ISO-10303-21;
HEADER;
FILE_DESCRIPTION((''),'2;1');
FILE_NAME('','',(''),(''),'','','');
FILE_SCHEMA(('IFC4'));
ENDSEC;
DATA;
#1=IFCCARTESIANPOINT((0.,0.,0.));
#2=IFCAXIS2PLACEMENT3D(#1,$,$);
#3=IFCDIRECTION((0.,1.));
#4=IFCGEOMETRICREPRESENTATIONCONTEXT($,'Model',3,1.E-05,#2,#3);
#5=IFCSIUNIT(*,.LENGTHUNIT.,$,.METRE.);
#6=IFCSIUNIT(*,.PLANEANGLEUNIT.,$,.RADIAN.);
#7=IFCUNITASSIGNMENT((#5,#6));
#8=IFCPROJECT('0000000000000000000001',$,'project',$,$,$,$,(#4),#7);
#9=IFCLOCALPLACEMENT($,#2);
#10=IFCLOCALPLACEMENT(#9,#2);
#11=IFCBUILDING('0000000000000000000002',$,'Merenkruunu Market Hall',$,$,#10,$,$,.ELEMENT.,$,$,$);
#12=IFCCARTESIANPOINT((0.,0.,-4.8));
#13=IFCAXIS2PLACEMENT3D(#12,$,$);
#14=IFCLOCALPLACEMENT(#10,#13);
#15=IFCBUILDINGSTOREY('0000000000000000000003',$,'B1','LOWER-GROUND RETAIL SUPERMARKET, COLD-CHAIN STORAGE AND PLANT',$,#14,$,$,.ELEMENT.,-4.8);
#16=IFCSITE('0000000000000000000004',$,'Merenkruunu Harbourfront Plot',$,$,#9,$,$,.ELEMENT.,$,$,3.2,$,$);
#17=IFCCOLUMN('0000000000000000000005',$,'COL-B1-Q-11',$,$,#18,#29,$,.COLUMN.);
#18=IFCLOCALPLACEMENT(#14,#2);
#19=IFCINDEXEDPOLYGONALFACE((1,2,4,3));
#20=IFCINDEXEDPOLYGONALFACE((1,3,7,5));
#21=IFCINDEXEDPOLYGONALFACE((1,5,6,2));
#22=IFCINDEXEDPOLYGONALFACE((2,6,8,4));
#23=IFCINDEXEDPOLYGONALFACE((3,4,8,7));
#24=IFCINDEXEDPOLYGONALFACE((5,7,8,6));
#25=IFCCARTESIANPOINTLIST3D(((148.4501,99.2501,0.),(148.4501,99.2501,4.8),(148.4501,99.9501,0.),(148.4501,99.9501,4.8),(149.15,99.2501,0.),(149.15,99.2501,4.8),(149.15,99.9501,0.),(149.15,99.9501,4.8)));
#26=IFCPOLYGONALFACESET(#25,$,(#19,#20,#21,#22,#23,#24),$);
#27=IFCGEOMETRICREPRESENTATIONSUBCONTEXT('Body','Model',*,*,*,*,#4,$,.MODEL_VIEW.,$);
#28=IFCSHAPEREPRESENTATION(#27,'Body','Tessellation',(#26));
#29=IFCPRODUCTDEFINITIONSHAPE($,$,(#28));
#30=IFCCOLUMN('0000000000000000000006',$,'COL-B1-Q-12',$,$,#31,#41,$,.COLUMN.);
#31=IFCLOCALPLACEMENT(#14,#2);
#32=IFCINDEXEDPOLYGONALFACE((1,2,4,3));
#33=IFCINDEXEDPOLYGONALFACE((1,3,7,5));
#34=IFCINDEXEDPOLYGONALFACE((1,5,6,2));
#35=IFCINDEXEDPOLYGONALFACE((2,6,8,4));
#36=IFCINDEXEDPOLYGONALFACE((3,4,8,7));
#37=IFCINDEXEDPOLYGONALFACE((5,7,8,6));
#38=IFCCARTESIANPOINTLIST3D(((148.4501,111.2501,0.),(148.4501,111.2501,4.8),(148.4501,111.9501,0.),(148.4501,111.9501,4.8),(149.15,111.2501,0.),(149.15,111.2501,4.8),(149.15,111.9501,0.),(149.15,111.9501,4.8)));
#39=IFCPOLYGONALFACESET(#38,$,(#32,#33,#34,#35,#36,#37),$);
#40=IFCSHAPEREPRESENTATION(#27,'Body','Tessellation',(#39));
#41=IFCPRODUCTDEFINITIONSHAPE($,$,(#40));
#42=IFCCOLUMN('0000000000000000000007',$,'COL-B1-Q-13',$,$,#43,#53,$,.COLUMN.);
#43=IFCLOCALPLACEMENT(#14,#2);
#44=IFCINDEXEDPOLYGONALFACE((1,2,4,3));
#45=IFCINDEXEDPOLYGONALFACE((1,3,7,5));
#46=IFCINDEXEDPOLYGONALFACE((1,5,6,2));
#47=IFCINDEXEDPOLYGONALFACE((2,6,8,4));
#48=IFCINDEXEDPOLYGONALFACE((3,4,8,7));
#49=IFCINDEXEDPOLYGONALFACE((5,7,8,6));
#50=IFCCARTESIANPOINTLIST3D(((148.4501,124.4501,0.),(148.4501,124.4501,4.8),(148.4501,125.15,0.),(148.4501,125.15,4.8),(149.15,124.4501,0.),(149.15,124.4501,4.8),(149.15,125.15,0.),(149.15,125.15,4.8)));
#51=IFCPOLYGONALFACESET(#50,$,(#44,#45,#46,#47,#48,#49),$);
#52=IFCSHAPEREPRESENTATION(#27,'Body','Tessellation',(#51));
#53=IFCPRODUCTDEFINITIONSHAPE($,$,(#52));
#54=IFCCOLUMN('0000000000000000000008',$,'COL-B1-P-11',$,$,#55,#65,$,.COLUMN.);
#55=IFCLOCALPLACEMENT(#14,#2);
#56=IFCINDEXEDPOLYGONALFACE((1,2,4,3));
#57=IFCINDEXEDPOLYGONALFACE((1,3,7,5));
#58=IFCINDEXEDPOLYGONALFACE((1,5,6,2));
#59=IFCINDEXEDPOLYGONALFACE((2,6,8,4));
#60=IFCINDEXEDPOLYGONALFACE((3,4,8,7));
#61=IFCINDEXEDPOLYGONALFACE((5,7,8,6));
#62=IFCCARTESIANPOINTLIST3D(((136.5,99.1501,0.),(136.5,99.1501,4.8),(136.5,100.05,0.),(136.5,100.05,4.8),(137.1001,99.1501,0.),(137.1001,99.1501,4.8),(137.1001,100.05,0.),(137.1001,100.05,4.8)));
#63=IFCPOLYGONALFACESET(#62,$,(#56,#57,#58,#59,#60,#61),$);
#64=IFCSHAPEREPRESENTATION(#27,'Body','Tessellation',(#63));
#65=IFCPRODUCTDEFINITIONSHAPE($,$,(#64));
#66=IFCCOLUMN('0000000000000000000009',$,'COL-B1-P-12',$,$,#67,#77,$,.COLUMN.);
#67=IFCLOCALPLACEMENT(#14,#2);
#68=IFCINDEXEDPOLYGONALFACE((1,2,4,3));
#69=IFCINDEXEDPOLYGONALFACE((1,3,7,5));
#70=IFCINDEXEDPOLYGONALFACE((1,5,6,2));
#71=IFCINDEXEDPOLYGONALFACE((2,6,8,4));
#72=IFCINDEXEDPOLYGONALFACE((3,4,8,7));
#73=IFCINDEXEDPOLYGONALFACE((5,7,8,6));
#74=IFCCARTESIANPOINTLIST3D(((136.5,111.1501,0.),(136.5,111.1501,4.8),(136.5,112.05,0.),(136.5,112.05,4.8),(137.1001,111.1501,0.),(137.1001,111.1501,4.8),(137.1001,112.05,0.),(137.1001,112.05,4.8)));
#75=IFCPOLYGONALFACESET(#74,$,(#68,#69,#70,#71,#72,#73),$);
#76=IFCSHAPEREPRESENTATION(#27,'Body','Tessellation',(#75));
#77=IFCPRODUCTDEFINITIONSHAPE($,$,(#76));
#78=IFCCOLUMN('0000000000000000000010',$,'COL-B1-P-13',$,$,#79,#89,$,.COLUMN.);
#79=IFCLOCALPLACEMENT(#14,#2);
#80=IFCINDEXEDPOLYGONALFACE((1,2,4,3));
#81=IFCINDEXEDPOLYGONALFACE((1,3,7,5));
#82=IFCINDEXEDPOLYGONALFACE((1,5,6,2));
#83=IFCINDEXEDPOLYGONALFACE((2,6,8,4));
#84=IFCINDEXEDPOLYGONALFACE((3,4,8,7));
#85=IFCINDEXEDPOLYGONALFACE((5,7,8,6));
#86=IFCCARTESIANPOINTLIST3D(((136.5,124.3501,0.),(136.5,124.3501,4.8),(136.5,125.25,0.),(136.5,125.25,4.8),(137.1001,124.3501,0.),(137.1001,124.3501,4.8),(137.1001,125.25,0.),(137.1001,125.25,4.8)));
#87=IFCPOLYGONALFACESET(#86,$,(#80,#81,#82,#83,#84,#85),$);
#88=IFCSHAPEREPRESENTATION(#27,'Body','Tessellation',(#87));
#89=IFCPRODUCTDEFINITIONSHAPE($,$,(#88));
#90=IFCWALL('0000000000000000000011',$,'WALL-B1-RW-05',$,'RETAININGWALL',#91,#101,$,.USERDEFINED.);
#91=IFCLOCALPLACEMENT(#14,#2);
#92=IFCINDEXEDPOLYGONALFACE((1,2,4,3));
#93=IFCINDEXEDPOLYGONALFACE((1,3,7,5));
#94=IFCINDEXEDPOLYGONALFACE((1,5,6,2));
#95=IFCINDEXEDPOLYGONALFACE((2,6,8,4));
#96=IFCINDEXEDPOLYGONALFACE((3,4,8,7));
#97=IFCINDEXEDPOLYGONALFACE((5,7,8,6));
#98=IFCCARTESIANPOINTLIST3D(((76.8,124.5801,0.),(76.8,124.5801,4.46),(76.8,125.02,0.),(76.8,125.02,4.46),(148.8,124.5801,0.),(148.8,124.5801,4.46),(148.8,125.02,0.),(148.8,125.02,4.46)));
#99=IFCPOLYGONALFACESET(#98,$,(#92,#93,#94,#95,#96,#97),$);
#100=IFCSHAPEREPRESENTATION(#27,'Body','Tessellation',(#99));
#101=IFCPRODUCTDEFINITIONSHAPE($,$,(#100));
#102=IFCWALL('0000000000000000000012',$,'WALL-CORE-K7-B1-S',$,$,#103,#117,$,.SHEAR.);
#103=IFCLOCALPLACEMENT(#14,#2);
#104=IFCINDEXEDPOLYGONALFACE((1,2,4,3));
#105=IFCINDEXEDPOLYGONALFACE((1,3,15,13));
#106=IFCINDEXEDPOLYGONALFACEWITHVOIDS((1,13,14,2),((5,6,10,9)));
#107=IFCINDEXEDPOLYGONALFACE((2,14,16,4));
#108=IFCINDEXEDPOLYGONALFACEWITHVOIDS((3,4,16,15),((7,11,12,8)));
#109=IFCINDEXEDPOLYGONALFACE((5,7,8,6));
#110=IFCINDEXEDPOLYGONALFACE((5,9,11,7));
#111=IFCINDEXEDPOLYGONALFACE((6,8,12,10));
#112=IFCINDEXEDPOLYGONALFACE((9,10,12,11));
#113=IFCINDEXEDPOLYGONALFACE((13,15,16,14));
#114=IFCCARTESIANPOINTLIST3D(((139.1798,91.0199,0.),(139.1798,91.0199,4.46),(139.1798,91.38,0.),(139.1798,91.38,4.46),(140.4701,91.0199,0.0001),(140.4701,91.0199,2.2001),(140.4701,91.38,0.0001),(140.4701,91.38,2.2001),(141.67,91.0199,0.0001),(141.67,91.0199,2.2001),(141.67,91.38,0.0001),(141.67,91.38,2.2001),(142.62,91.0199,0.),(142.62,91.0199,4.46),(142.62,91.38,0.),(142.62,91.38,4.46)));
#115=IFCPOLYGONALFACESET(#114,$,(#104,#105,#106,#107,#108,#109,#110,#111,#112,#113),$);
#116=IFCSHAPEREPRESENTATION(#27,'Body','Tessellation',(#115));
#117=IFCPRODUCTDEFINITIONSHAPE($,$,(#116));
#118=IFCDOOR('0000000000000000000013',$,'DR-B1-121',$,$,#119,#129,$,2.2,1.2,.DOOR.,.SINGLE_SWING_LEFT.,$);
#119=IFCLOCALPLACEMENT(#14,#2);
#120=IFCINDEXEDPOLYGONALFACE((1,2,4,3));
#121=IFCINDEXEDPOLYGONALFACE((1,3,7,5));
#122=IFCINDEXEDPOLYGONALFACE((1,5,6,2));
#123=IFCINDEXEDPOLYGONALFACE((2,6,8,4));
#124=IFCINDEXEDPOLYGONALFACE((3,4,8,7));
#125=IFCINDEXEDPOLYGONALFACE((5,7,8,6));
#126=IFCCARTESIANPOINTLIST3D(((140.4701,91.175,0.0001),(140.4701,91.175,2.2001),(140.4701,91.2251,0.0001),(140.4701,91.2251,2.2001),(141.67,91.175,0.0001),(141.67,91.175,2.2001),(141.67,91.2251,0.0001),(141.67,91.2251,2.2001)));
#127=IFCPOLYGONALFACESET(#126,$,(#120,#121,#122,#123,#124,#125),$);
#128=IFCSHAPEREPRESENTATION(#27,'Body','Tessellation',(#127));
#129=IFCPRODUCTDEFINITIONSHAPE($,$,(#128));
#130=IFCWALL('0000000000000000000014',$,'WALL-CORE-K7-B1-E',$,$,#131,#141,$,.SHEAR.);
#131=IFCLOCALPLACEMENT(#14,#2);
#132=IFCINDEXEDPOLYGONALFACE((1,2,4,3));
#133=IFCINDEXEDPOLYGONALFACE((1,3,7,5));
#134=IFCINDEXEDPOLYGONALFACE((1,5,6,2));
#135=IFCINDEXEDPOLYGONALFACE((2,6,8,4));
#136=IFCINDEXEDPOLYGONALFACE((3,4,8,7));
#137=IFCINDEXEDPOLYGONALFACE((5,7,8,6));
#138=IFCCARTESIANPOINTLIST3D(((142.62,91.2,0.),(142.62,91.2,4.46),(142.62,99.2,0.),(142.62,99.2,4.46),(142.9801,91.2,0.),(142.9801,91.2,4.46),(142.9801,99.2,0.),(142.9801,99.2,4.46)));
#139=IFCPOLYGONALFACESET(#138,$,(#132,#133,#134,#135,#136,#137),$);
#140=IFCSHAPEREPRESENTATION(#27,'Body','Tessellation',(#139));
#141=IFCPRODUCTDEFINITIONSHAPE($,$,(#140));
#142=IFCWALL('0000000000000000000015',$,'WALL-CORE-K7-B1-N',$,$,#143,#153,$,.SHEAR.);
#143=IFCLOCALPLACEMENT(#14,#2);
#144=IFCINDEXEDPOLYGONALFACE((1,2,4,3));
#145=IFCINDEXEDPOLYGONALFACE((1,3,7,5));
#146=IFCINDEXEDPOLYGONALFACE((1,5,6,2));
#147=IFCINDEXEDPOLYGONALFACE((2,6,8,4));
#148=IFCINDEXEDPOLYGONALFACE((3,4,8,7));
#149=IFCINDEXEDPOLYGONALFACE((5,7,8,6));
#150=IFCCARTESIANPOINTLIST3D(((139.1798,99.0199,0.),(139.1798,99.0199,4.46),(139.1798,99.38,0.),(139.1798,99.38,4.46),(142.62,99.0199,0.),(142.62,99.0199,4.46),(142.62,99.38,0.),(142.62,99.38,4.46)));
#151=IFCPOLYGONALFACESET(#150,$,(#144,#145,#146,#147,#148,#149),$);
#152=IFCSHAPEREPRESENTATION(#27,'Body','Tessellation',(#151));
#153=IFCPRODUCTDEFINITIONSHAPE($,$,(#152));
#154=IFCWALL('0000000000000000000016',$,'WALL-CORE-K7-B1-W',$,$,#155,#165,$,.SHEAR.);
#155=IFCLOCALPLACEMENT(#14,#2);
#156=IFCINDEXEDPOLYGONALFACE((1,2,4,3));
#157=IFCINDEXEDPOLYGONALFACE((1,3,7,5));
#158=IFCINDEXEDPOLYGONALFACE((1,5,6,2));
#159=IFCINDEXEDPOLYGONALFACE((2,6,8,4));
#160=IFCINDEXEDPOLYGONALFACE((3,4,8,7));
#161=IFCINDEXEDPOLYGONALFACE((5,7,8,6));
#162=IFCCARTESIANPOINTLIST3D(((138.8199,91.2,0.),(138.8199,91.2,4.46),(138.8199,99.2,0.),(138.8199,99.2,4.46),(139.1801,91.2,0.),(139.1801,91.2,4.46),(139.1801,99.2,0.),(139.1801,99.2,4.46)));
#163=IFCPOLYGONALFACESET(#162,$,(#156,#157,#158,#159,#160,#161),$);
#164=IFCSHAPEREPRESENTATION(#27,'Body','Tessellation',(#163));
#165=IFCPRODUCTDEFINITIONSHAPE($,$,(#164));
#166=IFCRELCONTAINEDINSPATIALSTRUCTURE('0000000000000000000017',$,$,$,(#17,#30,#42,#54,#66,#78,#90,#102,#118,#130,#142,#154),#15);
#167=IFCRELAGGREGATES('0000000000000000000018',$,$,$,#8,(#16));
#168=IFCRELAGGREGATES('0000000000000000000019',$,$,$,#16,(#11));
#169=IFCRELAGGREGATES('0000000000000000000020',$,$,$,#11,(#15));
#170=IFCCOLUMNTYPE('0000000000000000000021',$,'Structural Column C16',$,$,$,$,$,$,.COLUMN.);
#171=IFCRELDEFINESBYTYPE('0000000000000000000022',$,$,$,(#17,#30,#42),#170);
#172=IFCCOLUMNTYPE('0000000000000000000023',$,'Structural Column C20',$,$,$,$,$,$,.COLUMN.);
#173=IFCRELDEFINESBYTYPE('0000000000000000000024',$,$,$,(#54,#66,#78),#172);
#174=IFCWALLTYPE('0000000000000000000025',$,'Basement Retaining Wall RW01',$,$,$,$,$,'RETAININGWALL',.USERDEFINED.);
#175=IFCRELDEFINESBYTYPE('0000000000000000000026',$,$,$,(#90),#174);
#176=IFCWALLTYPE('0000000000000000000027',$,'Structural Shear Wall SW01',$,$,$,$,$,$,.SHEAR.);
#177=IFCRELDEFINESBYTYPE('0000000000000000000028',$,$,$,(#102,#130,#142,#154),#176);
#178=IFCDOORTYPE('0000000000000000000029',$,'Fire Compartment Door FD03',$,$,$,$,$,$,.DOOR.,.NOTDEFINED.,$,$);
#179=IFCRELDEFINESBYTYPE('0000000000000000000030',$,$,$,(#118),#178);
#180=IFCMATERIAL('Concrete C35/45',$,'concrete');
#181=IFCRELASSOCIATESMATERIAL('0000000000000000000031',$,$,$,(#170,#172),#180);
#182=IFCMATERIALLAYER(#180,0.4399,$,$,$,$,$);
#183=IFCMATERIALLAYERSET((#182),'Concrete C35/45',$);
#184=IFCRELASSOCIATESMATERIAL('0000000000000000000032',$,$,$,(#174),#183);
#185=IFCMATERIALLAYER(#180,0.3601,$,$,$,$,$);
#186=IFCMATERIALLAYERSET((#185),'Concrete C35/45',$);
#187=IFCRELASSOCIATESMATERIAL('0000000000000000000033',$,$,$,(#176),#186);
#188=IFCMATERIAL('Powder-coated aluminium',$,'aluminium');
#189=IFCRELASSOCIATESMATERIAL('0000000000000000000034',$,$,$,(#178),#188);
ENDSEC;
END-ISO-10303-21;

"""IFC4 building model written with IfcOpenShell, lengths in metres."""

from ifc_helpers import new_model, si_unit, direction, frame, frame_2d, origin, origin_2d, place, context, subcontext, project, spatial, rectangle, extrude, material, layer, layer_set, material_profile, profile_set, type_object, element, fill, save


model = new_model("IFC4")

# Units and contexts
model_context = context("Model", 3, precision=1e-05, world=origin(), true_north=direction((0.0, 1.0)))
body_context = subcontext(model_context, "Body", "Model", "MODEL_VIEW")
ifc_project = project(units=[si_unit("LENGTHUNIT", "METRE"), si_unit("PLANEANGLEUNIT", "RADIAN")], contexts=[model_context])

# Site, building, storey
site_placement = place(None, origin())
site = spatial("IfcSite", under=ifc_project, at=site_placement, Name="Merenkruunu Harbourfront Plot", CompositionType="ELEMENT", RefElevation=3.2)
building_placement = place(site_placement, origin())
building = spatial("IfcBuilding", under=site, at=building_placement, Name="Merenkruunu Market Hall", CompositionType="ELEMENT")
storey_placement = place(building_placement, frame((0.0, 0.0, -4.8)))
storey = spatial("IfcBuildingStorey", under=building, at=storey_placement, Name="B1", Description="LOWER-GROUND RETAIL SUPERMARKET, COLD-CHAIN STORAGE AND PLANT", CompositionType="ELEMENT", Elevation=-4.8)

# Shared definitions
ifc_material_1 = material(Name="Concrete C35/45", Category="concrete")

# Columns
ifc_material_profile_1 = material_profile(ifc_material_1, rectangle(XDim=0.7, YDim=0.7, at=origin_2d()), Name="RC 700x700")
ifc_profile_set_1 = profile_set([ifc_material_profile_1], Name="Concrete C35/45")
column_type_1 = type_object("IfcColumnType", Name="Structural Column C16", PredefinedType="COLUMN", material=ifc_profile_set_1)
for number, where, z_axis, x_axis, name in (
    (1, (148.8, 99.6001, 0.0), (0.0, 0.0, 1.0), (1.0, 0.0, 0.0), "COL-B1-Q-11"),
    (2, (148.8, 111.6001, 0.0), (0.0, 0.0, 1.0), (1.0, 0.0, 0.0), "COL-B1-Q-12"),
    (3, (148.8, 124.8, 0.0), (0.0, 0.0, 1.0), (1.0, 0.0, 0.0), "COL-B1-Q-13"),
):
    element("IfcColumn", number, at=place(storey_placement, frame(where, z_axis=z_axis, x_axis=x_axis)), inside=storey, type_object=column_type_1, Name=name, PredefinedType="COLUMN", context=body_context, shape_type="SweptSolid", body=[
        extrude(rectangle(XDim=0.7, YDim=0.7, at=origin_2d()), origin(), (0.0, 0.0, 1.0), 4.8),
    ])
ifc_material_profile_2 = material_profile(ifc_material_1, rectangle(XDim=0.6001, YDim=0.8999, at=origin_2d()), Name="RC 600x900")
ifc_profile_set_2 = profile_set([ifc_material_profile_2], Name="Concrete C35/45")
column_type_2 = type_object("IfcColumnType", Name="Structural Column C20", PredefinedType="COLUMN", material=ifc_profile_set_2)
for number, where, z_axis, x_axis, name in (
    (4, (136.8, 99.6001, 0.0), (0.0, 0.0, 1.0), (1.0, 0.0, 0.0), "COL-B1-P-11"),
    (5, (136.8, 111.6001, 0.0), (0.0, 0.0, 1.0), (1.0, 0.0, 0.0), "COL-B1-P-12"),
    (6, (136.8, 124.8, 0.0), (0.0, 0.0, 1.0), (1.0, 0.0, 0.0), "COL-B1-P-13"),
):
    element("IfcColumn", number, at=place(storey_placement, frame(where, z_axis=z_axis, x_axis=x_axis)), inside=storey, type_object=column_type_2, Name=name, PredefinedType="COLUMN", context=body_context, shape_type="SweptSolid", body=[
        extrude(rectangle(XDim=0.6001, YDim=0.8999, at=origin_2d()), origin(), (0.0, 0.0, 1.0), 4.8),
    ])

# Wall
ifc_layer_1 = layer(ifc_material_1, 0.4399)
ifc_layer_set_1 = layer_set([ifc_layer_1], Name="Concrete C35/45")
wall_type_1 = type_object("IfcWallType", Name="Basement Retaining Wall RW01", ElementType="RETAININGWALL", PredefinedType="USERDEFINED", material=ifc_layer_set_1)
wall_1_placement = place(storey_placement, frame((148.8, 124.8, 0.0), z_axis=(0.0, 0.0, 1.0), x_axis=(-1.0, 0.0, 0.0)))
element("IfcWall", 7, at=wall_1_placement, inside=storey, type_object=wall_type_1, Name="WALL-B1-RW-05", ObjectType="RETAININGWALL", PredefinedType="USERDEFINED", context=body_context, shape_type="SweptSolid", body=[
    extrude(rectangle(XDim=72.0, YDim=0.4399, at=frame_2d((36.0, 0.0))), origin(), (0.0, 0.0, 1.0), 4.46),
])

# Wall, opening, door
ifc_layer_2 = layer(ifc_material_1, 0.3601)
ifc_layer_set_2 = layer_set([ifc_layer_2], Name="Concrete C35/45")
wall_type_2 = type_object("IfcWallType", Name="Structural Shear Wall SW01", PredefinedType="SHEAR", material=ifc_layer_set_2)
wall_2_placement = place(storey_placement, frame((142.6201, 91.2, 0.0), z_axis=(0.0, 0.0, 1.0), x_axis=(-1.0, 0.0, 0.0)))
wall_2 = element("IfcWall", 8, at=wall_2_placement, inside=storey, type_object=wall_type_2, Name="WALL-CORE-K7-B1-S", PredefinedType="SHEAR", context=body_context, shape_type="SweptSolid", body=[
    extrude(rectangle(XDim=3.4402, YDim=0.3601, at=frame_2d((1.7202, 0.0))), origin(), (0.0, 0.0, 1.0), 4.46),
])
opening_placement = place(wall_2_placement, frame((0.95, 0.0, 0.0)))
opening = element("IfcOpeningElement", 9, at=opening_placement, cuts=wall_2, PredefinedType="OPENING", context=body_context, shape_type="SweptSolid", body=[
    extrude(rectangle(XDim=1.2, YDim=2.2, at=frame_2d((0.6001, 1.1001))), frame((0.0, 0.1899, 0.0), z_axis=(0.0, -1.0, 0.0), x_axis=(1.0, 0.0, 0.0)), (0.0, 0.0, 1.0), 0.3801),
])
ifc_material_2 = material(Name="Powder-coated aluminium", Category="aluminium")
door_type = type_object("IfcDoorType", Name="Fire Compartment Door FD03", OperationType="NOTDEFINED", PredefinedType="DOOR", material=ifc_material_2)
door_placement = place(opening_placement, origin())
door = element("IfcDoor", 10, at=door_placement, inside=storey, type_object=door_type, Name="DR-B1-121", OperationType="SINGLE_SWING_LEFT", OverallHeight=2.2, OverallWidth=1.2, PredefinedType="DOOR", context=body_context, shape_type="SweptSolid", body=[
    extrude(rectangle(XDim=1.2, YDim=2.2, at=frame_2d((0.6001, 1.1001))), frame((0.0, 0.0249, 0.0), z_axis=(0.0, -1.0, 0.0), x_axis=(1.0, 0.0, 0.0)), (0.0, 0.0, 1.0), 0.05),
])
fill(opening, door)

# Walls
wall_3_placement = place(storey_placement, frame((142.8, 91.2, 0.0), z_axis=(0.0, 0.0, 1.0), x_axis=(0.0, 1.0, 0.0)))
element("IfcWall", 11, at=wall_3_placement, inside=storey, type_object=wall_type_2, Name="WALL-CORE-K7-B1-E", PredefinedType="SHEAR", context=body_context, shape_type="SweptSolid", body=[
    extrude(rectangle(XDim=8.0, YDim=0.3601, at=frame_2d((4.0, 0.0))), origin(), (0.0, 0.0, 1.0), 4.46),
])
wall_4_placement = place(storey_placement, frame((142.6201, 99.2, 0.0), z_axis=(0.0, 0.0, 1.0), x_axis=(-1.0, 0.0, 0.0)))
element("IfcWall", 12, at=wall_4_placement, inside=storey, type_object=wall_type_2, Name="WALL-CORE-K7-B1-N", PredefinedType="SHEAR", context=body_context, shape_type="SweptSolid", body=[
    extrude(rectangle(XDim=3.4402, YDim=0.3601, at=frame_2d((1.7202, 0.0))), origin(), (0.0, 0.0, 1.0), 4.46),
])
wall_5_placement = place(storey_placement, frame((139.0, 99.2, 0.0), z_axis=(0.0, 0.0, 1.0), x_axis=(0.0, -1.0, 0.0)))
element("IfcWall", 13, at=wall_5_placement, inside=storey, type_object=wall_type_2, Name="WALL-CORE-K7-B1-W", PredefinedType="SHEAR", context=body_context, shape_type="SweptSolid", body=[
    extrude(rectangle(XDim=8.0, YDim=0.3601, at=frame_2d((4.0, 0.0))), origin(), (0.0, 0.0, 1.0), 4.46),
])

save(model, "model.ifc")
